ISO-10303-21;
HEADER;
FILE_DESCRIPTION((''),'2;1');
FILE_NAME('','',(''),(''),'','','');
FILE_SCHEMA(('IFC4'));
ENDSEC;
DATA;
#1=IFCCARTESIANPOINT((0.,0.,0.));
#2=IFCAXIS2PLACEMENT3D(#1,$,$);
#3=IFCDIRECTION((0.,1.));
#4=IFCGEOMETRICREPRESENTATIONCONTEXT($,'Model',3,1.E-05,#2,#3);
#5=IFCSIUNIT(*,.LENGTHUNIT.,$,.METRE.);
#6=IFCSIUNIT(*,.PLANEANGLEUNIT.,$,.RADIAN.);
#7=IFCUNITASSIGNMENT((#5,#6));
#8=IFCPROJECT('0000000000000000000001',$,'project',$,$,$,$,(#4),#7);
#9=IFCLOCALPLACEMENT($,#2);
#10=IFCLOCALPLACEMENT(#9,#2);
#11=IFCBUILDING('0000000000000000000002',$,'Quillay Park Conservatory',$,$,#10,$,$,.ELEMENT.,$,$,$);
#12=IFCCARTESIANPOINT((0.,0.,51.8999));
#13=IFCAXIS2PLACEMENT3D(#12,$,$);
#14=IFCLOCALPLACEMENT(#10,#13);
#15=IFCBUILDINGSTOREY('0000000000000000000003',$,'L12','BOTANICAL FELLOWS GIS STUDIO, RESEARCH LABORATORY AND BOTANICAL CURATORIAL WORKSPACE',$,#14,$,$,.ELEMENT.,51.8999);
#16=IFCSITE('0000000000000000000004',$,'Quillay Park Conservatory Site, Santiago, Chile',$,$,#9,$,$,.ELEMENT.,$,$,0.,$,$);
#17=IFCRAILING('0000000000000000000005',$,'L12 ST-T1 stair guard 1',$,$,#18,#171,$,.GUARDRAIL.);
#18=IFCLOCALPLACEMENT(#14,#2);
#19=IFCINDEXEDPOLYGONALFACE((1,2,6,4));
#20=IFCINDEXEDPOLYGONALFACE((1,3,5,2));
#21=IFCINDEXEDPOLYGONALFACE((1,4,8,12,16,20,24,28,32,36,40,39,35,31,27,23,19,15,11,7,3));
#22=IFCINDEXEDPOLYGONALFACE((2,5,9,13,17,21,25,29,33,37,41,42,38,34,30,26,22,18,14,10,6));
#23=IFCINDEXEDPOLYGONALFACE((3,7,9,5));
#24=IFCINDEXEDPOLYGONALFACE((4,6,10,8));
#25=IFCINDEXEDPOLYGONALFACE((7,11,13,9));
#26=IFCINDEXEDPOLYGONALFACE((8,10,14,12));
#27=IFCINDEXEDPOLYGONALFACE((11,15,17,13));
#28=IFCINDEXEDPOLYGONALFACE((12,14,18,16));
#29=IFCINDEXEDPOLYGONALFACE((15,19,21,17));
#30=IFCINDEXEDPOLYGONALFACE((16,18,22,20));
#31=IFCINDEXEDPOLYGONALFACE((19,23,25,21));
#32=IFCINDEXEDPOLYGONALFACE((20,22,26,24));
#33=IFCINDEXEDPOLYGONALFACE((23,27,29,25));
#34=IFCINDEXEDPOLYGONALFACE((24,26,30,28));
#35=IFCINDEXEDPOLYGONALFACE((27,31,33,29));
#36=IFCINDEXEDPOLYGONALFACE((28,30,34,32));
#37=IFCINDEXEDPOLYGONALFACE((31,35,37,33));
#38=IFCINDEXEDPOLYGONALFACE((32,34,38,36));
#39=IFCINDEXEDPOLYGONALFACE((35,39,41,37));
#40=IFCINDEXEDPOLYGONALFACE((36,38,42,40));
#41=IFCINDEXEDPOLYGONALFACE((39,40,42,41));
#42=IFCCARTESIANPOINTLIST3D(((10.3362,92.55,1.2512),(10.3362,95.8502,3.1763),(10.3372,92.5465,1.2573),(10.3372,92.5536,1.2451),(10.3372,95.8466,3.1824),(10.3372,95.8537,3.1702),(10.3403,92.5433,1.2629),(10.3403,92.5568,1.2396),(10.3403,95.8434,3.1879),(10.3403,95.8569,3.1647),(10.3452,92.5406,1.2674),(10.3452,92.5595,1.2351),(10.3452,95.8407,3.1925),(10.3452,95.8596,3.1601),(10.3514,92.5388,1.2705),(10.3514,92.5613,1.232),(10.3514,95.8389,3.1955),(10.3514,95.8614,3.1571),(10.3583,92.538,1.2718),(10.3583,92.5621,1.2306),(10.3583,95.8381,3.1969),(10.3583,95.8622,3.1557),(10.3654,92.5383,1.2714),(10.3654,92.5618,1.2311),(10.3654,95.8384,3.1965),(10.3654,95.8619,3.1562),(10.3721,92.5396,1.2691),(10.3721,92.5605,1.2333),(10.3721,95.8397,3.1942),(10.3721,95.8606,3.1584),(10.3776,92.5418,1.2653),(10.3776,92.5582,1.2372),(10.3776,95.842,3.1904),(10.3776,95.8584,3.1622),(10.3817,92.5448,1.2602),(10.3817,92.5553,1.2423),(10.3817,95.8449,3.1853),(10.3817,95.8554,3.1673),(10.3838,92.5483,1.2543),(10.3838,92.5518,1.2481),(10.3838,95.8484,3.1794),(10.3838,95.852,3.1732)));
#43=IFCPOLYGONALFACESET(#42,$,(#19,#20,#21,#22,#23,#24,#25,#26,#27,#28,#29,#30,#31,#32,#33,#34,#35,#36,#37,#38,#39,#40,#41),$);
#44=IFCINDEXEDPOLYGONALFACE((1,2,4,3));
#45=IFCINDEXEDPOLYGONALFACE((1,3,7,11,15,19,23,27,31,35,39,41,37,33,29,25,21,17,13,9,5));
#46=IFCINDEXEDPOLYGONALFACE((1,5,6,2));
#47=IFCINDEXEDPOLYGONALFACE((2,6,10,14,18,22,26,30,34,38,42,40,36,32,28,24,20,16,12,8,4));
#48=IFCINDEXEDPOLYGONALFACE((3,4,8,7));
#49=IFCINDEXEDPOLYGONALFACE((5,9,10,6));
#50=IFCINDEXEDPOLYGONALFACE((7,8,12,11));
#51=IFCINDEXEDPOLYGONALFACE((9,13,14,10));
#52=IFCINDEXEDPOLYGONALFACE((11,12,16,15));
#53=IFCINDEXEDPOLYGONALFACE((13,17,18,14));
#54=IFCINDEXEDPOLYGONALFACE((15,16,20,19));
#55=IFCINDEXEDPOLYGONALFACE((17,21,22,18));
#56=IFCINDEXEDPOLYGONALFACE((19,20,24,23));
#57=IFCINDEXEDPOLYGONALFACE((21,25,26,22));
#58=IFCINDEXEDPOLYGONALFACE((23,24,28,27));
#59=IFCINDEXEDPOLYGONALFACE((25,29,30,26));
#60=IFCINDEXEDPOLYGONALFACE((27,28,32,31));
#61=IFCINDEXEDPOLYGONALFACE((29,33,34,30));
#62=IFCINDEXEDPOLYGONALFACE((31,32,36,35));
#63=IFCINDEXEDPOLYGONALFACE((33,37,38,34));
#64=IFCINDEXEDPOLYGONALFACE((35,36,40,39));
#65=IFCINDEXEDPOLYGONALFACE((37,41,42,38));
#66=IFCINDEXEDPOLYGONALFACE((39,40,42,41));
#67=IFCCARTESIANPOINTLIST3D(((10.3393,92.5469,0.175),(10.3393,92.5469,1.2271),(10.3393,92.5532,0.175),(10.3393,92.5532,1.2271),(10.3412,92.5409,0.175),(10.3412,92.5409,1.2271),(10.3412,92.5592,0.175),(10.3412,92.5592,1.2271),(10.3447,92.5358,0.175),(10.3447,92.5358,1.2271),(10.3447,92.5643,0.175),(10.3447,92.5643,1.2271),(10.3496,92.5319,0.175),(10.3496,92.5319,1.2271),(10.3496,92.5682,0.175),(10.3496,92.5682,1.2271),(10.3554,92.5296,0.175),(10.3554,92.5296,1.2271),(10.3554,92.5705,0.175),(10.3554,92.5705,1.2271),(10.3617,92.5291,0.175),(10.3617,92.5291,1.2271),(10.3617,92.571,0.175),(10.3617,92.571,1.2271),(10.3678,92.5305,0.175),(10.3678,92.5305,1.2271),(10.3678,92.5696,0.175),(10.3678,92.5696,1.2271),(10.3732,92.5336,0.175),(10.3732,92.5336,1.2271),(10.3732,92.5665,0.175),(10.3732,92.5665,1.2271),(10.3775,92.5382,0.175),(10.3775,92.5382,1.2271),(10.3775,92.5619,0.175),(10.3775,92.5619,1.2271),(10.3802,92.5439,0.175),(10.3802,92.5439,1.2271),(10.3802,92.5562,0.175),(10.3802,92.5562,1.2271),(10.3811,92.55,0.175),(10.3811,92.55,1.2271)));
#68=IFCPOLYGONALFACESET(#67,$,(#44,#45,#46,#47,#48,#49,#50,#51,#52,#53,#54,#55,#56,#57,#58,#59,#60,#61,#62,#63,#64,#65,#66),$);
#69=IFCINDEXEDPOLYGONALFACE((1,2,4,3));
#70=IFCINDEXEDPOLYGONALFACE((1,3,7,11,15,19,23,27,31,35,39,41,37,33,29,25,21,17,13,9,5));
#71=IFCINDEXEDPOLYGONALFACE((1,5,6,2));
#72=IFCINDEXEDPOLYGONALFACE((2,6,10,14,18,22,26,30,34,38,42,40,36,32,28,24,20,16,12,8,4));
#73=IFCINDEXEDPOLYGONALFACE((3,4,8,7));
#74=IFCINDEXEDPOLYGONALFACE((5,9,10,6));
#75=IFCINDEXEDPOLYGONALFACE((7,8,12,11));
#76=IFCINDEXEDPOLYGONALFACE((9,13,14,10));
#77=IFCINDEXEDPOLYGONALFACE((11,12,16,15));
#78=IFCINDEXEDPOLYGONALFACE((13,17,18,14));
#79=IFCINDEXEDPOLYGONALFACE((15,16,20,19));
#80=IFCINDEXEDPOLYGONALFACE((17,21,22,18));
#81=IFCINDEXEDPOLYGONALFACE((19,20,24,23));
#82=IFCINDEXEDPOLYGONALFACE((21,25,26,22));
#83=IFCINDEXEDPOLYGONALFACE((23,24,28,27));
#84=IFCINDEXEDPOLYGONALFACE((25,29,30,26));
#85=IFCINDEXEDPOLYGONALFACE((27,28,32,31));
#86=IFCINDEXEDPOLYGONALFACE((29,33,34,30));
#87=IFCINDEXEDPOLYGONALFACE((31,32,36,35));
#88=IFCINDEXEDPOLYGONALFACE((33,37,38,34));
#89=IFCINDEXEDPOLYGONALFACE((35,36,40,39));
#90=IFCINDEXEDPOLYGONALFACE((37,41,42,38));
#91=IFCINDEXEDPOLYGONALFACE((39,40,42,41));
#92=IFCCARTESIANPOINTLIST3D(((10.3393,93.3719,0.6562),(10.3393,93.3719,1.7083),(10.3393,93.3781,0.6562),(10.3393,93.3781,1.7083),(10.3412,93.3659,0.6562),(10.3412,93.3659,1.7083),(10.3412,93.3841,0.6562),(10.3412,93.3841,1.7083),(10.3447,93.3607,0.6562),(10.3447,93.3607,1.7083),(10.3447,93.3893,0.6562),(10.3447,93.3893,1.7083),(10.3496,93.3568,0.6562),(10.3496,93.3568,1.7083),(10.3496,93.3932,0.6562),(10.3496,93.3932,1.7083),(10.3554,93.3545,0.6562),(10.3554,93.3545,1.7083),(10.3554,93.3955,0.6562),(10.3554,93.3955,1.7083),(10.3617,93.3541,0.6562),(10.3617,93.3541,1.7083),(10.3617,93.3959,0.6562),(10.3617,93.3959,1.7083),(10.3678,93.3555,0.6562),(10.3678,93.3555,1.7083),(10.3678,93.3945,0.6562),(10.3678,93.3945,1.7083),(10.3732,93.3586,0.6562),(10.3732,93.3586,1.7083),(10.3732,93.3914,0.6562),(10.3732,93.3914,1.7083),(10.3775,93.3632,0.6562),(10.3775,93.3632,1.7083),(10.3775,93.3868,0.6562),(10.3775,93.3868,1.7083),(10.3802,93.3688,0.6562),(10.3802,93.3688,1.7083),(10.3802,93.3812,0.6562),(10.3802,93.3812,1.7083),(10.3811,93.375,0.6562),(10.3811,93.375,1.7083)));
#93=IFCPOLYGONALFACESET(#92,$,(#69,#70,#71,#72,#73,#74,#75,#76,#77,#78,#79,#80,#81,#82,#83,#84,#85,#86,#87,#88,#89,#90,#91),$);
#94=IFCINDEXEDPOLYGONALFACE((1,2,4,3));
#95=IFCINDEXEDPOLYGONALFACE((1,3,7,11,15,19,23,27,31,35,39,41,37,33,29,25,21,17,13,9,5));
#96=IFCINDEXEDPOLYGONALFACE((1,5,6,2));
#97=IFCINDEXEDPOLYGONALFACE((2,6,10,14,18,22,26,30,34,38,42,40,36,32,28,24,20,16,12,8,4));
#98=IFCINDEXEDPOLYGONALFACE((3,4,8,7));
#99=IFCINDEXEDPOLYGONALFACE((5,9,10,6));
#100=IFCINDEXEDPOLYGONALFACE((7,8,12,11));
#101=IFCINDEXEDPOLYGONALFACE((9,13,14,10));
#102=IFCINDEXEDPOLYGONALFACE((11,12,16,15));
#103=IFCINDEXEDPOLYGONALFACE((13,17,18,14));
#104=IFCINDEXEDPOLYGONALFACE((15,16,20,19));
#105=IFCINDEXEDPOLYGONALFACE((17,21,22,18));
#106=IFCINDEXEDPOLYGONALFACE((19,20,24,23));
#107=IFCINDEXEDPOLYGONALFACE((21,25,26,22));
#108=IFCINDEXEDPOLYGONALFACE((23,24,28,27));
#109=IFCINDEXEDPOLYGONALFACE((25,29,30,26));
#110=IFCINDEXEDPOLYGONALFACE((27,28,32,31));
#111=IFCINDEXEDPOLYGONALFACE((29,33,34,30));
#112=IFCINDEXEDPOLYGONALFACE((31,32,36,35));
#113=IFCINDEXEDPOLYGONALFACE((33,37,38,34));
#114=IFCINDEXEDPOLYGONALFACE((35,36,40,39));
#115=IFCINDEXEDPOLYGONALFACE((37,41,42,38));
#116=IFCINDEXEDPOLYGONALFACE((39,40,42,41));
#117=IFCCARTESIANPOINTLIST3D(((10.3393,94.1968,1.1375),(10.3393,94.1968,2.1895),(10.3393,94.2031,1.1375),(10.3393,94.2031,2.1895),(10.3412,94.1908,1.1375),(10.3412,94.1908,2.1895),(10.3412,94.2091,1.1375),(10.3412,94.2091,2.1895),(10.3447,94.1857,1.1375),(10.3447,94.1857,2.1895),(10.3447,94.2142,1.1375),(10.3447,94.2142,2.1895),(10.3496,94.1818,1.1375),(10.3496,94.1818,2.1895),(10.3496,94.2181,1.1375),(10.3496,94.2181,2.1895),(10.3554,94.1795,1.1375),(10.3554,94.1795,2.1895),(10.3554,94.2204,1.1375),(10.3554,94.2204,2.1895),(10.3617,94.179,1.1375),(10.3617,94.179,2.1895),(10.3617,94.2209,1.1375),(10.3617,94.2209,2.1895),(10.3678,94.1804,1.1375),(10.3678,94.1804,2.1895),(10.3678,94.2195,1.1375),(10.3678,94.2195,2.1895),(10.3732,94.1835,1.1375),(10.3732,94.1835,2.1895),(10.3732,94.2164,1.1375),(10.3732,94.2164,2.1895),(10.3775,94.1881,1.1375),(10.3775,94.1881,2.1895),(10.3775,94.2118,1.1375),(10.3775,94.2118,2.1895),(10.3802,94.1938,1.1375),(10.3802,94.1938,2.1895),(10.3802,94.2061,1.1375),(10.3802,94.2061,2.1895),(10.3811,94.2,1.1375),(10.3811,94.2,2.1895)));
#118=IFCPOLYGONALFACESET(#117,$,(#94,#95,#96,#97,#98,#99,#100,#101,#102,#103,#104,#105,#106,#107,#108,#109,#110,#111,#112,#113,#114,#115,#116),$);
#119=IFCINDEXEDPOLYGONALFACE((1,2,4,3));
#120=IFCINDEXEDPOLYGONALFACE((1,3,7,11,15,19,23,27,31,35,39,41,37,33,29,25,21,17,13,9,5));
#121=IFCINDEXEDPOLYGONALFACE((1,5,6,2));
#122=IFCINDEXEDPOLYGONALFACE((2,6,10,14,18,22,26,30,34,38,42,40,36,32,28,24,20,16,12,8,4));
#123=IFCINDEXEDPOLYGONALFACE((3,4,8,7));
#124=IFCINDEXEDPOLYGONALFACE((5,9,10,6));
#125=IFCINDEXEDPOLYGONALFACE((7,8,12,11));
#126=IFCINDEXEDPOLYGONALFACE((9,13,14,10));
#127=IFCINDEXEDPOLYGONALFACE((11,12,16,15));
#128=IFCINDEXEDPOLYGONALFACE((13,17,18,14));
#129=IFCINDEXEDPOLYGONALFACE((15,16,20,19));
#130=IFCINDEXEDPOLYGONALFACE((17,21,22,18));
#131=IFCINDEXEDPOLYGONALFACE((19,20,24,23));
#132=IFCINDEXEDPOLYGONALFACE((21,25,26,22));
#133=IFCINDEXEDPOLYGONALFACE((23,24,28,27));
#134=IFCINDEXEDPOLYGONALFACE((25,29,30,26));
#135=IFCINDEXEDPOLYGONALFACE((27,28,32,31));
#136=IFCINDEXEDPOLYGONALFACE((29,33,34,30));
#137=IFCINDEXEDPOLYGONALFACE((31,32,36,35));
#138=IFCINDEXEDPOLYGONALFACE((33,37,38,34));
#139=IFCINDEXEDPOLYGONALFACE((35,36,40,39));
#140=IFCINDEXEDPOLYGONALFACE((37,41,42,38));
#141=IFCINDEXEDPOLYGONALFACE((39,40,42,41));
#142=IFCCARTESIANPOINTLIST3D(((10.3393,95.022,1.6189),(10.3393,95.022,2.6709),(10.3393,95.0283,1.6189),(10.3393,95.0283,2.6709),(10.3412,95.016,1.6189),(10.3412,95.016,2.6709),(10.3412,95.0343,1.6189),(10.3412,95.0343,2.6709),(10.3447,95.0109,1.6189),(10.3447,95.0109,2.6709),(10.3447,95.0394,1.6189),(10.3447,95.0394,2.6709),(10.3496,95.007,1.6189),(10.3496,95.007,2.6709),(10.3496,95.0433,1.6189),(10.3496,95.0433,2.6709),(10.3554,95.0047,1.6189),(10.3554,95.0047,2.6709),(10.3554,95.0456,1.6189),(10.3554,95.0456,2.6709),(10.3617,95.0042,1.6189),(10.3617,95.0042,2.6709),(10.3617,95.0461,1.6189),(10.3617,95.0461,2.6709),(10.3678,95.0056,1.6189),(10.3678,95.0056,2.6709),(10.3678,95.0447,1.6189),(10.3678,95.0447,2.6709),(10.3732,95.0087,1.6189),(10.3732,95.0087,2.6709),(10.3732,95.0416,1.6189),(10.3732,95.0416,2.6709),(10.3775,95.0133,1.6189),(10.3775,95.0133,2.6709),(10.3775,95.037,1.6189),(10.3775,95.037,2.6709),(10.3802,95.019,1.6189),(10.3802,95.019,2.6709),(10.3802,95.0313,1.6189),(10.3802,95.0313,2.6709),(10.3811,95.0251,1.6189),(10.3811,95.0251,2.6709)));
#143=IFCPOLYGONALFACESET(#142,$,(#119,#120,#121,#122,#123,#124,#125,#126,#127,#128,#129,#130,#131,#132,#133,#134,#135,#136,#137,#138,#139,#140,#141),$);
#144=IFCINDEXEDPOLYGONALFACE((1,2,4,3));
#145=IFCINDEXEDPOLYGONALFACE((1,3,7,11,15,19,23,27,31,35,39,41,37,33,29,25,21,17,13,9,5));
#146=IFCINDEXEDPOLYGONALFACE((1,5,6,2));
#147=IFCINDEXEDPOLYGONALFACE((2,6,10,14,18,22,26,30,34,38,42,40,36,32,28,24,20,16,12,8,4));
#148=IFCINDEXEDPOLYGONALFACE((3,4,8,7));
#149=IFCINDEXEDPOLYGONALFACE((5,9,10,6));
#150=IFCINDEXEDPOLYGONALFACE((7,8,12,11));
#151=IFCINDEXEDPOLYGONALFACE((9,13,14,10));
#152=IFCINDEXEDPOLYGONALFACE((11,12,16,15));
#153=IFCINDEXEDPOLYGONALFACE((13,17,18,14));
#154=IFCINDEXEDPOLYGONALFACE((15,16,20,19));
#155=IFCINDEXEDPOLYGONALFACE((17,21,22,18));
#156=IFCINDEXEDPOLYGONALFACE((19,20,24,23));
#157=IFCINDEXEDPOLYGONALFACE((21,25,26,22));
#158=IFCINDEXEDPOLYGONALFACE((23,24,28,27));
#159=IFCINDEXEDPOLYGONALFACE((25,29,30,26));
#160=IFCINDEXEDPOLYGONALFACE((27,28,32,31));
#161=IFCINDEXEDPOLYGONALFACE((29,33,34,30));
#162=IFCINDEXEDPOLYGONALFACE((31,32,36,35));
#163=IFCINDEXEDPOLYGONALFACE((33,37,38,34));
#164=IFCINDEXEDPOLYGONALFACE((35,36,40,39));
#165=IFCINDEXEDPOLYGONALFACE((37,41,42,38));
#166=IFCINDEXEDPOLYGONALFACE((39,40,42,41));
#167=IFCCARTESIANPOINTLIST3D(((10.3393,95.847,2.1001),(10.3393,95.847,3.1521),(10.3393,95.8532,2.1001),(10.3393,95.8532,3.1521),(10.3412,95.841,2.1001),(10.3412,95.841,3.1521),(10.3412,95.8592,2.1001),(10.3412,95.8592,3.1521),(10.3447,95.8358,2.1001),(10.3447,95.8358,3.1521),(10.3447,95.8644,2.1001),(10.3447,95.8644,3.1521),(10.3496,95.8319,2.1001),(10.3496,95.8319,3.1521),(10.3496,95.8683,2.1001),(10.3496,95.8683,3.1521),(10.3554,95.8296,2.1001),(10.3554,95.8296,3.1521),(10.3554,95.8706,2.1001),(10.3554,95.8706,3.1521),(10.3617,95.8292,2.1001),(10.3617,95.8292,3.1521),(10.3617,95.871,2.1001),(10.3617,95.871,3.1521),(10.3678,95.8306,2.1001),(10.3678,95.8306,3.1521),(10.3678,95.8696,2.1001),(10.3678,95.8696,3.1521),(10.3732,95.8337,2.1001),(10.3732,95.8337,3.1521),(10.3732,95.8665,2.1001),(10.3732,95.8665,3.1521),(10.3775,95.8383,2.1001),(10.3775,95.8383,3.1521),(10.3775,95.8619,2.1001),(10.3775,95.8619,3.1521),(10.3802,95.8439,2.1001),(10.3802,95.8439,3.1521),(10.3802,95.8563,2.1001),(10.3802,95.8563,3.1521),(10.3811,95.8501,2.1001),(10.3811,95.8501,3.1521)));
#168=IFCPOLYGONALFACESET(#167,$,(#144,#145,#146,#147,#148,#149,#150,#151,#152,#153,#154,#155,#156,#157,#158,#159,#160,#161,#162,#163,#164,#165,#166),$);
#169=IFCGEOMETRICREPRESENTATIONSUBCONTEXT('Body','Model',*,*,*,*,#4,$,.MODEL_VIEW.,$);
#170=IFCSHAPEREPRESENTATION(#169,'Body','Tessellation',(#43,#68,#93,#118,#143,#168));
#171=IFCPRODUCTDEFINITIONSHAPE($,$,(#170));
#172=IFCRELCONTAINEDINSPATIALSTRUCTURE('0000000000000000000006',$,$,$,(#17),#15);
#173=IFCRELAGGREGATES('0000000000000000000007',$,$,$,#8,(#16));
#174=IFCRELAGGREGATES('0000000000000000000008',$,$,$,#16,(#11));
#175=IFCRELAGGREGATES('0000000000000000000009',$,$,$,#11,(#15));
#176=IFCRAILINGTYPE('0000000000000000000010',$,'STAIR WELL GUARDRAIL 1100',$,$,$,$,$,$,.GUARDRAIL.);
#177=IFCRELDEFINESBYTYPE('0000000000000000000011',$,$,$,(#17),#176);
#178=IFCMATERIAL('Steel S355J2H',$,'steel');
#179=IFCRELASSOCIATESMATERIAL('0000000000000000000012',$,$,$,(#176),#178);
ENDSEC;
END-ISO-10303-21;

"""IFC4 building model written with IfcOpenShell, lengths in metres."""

from ifc_helpers import new_model, si_unit, direction, frame, origin, origin_2d, place, context, subcontext, project, spatial, circle, extrude, material, type_object, element, save


model = new_model("IFC4")

# Units and contexts
model_context = context("Model", 3, precision=1e-05, world=origin(), true_north=direction((0.0, 1.0)))
body_context = subcontext(model_context, "Body", "Model", "MODEL_VIEW")
ifc_project = project(units=[si_unit("LENGTHUNIT", "METRE"), si_unit("PLANEANGLEUNIT", "RADIAN")], contexts=[model_context])

# Site, building, storey
site_placement = place(None, origin())
site = spatial("IfcSite", under=ifc_project, at=site_placement, Name="Quillay Park Conservatory Site, Santiago, Chile", CompositionType="ELEMENT", RefElevation=0.0)
building_placement = place(site_placement, origin())
building = spatial("IfcBuilding", under=site, at=building_placement, Name="Quillay Park Conservatory", CompositionType="ELEMENT")
storey_placement = place(building_placement, frame((0.0, 0.0, 51.8999)))
storey = spatial("IfcBuildingStorey", under=building, at=storey_placement, Name="L12", Description="BOTANICAL FELLOWS GIS STUDIO, RESEARCH LABORATORY AND BOTANICAL CURATORIAL WORKSPACE", CompositionType="ELEMENT", Elevation=51.8999)

# Railing
ifc_material_1 = material(Name="Steel S355J2H", Category="steel")
railing_type_1 = type_object("IfcRailingType", Name="STAIR WELL GUARDRAIL 1100", PredefinedType="GUARDRAIL", material=ifc_material_1)
railing_1_placement = place(storey_placement, frame((10.3601, 92.55, 0.175)))
element("IfcRailing", 1, at=railing_1_placement, inside=storey, type_object=railing_type_1, Name="L12 ST-T1 stair guard 1", PredefinedType="GUARDRAIL", context=body_context, shape_type="SweptSolid", body=[
    extrude(circle(Radius=0.0239, at=origin_2d()), frame((0.0, 0.0, 1.0762), z_axis=(0.0, 0.863777, 0.503875), x_axis=(-1.0, 0.0, 0.0)), (0.0, 0.0, 1.0), 3.8206),
    extrude(circle(Radius=0.021, at=origin_2d()), origin(), (0.0, 0.0, 1.0), 1.052),
    extrude(circle(Radius=0.021, at=origin_2d()), frame((0.0, 0.825, 0.4812)), (0.0, 0.0, 1.0), 1.052),
    extrude(circle(Radius=0.021, at=origin_2d()), frame((0.0, 1.6499, 0.9624)), (0.0, 0.0, 1.0), 1.052),
    extrude(circle(Radius=0.021, at=origin_2d()), frame((0.0, 2.4751, 1.4438)), (0.0, 0.0, 1.0), 1.052),
    extrude(circle(Radius=0.021, at=origin_2d()), frame((0.0, 3.3, 1.925)), (0.0, 0.0, 1.0), 1.052),
])

save(model, "model.ifc")
